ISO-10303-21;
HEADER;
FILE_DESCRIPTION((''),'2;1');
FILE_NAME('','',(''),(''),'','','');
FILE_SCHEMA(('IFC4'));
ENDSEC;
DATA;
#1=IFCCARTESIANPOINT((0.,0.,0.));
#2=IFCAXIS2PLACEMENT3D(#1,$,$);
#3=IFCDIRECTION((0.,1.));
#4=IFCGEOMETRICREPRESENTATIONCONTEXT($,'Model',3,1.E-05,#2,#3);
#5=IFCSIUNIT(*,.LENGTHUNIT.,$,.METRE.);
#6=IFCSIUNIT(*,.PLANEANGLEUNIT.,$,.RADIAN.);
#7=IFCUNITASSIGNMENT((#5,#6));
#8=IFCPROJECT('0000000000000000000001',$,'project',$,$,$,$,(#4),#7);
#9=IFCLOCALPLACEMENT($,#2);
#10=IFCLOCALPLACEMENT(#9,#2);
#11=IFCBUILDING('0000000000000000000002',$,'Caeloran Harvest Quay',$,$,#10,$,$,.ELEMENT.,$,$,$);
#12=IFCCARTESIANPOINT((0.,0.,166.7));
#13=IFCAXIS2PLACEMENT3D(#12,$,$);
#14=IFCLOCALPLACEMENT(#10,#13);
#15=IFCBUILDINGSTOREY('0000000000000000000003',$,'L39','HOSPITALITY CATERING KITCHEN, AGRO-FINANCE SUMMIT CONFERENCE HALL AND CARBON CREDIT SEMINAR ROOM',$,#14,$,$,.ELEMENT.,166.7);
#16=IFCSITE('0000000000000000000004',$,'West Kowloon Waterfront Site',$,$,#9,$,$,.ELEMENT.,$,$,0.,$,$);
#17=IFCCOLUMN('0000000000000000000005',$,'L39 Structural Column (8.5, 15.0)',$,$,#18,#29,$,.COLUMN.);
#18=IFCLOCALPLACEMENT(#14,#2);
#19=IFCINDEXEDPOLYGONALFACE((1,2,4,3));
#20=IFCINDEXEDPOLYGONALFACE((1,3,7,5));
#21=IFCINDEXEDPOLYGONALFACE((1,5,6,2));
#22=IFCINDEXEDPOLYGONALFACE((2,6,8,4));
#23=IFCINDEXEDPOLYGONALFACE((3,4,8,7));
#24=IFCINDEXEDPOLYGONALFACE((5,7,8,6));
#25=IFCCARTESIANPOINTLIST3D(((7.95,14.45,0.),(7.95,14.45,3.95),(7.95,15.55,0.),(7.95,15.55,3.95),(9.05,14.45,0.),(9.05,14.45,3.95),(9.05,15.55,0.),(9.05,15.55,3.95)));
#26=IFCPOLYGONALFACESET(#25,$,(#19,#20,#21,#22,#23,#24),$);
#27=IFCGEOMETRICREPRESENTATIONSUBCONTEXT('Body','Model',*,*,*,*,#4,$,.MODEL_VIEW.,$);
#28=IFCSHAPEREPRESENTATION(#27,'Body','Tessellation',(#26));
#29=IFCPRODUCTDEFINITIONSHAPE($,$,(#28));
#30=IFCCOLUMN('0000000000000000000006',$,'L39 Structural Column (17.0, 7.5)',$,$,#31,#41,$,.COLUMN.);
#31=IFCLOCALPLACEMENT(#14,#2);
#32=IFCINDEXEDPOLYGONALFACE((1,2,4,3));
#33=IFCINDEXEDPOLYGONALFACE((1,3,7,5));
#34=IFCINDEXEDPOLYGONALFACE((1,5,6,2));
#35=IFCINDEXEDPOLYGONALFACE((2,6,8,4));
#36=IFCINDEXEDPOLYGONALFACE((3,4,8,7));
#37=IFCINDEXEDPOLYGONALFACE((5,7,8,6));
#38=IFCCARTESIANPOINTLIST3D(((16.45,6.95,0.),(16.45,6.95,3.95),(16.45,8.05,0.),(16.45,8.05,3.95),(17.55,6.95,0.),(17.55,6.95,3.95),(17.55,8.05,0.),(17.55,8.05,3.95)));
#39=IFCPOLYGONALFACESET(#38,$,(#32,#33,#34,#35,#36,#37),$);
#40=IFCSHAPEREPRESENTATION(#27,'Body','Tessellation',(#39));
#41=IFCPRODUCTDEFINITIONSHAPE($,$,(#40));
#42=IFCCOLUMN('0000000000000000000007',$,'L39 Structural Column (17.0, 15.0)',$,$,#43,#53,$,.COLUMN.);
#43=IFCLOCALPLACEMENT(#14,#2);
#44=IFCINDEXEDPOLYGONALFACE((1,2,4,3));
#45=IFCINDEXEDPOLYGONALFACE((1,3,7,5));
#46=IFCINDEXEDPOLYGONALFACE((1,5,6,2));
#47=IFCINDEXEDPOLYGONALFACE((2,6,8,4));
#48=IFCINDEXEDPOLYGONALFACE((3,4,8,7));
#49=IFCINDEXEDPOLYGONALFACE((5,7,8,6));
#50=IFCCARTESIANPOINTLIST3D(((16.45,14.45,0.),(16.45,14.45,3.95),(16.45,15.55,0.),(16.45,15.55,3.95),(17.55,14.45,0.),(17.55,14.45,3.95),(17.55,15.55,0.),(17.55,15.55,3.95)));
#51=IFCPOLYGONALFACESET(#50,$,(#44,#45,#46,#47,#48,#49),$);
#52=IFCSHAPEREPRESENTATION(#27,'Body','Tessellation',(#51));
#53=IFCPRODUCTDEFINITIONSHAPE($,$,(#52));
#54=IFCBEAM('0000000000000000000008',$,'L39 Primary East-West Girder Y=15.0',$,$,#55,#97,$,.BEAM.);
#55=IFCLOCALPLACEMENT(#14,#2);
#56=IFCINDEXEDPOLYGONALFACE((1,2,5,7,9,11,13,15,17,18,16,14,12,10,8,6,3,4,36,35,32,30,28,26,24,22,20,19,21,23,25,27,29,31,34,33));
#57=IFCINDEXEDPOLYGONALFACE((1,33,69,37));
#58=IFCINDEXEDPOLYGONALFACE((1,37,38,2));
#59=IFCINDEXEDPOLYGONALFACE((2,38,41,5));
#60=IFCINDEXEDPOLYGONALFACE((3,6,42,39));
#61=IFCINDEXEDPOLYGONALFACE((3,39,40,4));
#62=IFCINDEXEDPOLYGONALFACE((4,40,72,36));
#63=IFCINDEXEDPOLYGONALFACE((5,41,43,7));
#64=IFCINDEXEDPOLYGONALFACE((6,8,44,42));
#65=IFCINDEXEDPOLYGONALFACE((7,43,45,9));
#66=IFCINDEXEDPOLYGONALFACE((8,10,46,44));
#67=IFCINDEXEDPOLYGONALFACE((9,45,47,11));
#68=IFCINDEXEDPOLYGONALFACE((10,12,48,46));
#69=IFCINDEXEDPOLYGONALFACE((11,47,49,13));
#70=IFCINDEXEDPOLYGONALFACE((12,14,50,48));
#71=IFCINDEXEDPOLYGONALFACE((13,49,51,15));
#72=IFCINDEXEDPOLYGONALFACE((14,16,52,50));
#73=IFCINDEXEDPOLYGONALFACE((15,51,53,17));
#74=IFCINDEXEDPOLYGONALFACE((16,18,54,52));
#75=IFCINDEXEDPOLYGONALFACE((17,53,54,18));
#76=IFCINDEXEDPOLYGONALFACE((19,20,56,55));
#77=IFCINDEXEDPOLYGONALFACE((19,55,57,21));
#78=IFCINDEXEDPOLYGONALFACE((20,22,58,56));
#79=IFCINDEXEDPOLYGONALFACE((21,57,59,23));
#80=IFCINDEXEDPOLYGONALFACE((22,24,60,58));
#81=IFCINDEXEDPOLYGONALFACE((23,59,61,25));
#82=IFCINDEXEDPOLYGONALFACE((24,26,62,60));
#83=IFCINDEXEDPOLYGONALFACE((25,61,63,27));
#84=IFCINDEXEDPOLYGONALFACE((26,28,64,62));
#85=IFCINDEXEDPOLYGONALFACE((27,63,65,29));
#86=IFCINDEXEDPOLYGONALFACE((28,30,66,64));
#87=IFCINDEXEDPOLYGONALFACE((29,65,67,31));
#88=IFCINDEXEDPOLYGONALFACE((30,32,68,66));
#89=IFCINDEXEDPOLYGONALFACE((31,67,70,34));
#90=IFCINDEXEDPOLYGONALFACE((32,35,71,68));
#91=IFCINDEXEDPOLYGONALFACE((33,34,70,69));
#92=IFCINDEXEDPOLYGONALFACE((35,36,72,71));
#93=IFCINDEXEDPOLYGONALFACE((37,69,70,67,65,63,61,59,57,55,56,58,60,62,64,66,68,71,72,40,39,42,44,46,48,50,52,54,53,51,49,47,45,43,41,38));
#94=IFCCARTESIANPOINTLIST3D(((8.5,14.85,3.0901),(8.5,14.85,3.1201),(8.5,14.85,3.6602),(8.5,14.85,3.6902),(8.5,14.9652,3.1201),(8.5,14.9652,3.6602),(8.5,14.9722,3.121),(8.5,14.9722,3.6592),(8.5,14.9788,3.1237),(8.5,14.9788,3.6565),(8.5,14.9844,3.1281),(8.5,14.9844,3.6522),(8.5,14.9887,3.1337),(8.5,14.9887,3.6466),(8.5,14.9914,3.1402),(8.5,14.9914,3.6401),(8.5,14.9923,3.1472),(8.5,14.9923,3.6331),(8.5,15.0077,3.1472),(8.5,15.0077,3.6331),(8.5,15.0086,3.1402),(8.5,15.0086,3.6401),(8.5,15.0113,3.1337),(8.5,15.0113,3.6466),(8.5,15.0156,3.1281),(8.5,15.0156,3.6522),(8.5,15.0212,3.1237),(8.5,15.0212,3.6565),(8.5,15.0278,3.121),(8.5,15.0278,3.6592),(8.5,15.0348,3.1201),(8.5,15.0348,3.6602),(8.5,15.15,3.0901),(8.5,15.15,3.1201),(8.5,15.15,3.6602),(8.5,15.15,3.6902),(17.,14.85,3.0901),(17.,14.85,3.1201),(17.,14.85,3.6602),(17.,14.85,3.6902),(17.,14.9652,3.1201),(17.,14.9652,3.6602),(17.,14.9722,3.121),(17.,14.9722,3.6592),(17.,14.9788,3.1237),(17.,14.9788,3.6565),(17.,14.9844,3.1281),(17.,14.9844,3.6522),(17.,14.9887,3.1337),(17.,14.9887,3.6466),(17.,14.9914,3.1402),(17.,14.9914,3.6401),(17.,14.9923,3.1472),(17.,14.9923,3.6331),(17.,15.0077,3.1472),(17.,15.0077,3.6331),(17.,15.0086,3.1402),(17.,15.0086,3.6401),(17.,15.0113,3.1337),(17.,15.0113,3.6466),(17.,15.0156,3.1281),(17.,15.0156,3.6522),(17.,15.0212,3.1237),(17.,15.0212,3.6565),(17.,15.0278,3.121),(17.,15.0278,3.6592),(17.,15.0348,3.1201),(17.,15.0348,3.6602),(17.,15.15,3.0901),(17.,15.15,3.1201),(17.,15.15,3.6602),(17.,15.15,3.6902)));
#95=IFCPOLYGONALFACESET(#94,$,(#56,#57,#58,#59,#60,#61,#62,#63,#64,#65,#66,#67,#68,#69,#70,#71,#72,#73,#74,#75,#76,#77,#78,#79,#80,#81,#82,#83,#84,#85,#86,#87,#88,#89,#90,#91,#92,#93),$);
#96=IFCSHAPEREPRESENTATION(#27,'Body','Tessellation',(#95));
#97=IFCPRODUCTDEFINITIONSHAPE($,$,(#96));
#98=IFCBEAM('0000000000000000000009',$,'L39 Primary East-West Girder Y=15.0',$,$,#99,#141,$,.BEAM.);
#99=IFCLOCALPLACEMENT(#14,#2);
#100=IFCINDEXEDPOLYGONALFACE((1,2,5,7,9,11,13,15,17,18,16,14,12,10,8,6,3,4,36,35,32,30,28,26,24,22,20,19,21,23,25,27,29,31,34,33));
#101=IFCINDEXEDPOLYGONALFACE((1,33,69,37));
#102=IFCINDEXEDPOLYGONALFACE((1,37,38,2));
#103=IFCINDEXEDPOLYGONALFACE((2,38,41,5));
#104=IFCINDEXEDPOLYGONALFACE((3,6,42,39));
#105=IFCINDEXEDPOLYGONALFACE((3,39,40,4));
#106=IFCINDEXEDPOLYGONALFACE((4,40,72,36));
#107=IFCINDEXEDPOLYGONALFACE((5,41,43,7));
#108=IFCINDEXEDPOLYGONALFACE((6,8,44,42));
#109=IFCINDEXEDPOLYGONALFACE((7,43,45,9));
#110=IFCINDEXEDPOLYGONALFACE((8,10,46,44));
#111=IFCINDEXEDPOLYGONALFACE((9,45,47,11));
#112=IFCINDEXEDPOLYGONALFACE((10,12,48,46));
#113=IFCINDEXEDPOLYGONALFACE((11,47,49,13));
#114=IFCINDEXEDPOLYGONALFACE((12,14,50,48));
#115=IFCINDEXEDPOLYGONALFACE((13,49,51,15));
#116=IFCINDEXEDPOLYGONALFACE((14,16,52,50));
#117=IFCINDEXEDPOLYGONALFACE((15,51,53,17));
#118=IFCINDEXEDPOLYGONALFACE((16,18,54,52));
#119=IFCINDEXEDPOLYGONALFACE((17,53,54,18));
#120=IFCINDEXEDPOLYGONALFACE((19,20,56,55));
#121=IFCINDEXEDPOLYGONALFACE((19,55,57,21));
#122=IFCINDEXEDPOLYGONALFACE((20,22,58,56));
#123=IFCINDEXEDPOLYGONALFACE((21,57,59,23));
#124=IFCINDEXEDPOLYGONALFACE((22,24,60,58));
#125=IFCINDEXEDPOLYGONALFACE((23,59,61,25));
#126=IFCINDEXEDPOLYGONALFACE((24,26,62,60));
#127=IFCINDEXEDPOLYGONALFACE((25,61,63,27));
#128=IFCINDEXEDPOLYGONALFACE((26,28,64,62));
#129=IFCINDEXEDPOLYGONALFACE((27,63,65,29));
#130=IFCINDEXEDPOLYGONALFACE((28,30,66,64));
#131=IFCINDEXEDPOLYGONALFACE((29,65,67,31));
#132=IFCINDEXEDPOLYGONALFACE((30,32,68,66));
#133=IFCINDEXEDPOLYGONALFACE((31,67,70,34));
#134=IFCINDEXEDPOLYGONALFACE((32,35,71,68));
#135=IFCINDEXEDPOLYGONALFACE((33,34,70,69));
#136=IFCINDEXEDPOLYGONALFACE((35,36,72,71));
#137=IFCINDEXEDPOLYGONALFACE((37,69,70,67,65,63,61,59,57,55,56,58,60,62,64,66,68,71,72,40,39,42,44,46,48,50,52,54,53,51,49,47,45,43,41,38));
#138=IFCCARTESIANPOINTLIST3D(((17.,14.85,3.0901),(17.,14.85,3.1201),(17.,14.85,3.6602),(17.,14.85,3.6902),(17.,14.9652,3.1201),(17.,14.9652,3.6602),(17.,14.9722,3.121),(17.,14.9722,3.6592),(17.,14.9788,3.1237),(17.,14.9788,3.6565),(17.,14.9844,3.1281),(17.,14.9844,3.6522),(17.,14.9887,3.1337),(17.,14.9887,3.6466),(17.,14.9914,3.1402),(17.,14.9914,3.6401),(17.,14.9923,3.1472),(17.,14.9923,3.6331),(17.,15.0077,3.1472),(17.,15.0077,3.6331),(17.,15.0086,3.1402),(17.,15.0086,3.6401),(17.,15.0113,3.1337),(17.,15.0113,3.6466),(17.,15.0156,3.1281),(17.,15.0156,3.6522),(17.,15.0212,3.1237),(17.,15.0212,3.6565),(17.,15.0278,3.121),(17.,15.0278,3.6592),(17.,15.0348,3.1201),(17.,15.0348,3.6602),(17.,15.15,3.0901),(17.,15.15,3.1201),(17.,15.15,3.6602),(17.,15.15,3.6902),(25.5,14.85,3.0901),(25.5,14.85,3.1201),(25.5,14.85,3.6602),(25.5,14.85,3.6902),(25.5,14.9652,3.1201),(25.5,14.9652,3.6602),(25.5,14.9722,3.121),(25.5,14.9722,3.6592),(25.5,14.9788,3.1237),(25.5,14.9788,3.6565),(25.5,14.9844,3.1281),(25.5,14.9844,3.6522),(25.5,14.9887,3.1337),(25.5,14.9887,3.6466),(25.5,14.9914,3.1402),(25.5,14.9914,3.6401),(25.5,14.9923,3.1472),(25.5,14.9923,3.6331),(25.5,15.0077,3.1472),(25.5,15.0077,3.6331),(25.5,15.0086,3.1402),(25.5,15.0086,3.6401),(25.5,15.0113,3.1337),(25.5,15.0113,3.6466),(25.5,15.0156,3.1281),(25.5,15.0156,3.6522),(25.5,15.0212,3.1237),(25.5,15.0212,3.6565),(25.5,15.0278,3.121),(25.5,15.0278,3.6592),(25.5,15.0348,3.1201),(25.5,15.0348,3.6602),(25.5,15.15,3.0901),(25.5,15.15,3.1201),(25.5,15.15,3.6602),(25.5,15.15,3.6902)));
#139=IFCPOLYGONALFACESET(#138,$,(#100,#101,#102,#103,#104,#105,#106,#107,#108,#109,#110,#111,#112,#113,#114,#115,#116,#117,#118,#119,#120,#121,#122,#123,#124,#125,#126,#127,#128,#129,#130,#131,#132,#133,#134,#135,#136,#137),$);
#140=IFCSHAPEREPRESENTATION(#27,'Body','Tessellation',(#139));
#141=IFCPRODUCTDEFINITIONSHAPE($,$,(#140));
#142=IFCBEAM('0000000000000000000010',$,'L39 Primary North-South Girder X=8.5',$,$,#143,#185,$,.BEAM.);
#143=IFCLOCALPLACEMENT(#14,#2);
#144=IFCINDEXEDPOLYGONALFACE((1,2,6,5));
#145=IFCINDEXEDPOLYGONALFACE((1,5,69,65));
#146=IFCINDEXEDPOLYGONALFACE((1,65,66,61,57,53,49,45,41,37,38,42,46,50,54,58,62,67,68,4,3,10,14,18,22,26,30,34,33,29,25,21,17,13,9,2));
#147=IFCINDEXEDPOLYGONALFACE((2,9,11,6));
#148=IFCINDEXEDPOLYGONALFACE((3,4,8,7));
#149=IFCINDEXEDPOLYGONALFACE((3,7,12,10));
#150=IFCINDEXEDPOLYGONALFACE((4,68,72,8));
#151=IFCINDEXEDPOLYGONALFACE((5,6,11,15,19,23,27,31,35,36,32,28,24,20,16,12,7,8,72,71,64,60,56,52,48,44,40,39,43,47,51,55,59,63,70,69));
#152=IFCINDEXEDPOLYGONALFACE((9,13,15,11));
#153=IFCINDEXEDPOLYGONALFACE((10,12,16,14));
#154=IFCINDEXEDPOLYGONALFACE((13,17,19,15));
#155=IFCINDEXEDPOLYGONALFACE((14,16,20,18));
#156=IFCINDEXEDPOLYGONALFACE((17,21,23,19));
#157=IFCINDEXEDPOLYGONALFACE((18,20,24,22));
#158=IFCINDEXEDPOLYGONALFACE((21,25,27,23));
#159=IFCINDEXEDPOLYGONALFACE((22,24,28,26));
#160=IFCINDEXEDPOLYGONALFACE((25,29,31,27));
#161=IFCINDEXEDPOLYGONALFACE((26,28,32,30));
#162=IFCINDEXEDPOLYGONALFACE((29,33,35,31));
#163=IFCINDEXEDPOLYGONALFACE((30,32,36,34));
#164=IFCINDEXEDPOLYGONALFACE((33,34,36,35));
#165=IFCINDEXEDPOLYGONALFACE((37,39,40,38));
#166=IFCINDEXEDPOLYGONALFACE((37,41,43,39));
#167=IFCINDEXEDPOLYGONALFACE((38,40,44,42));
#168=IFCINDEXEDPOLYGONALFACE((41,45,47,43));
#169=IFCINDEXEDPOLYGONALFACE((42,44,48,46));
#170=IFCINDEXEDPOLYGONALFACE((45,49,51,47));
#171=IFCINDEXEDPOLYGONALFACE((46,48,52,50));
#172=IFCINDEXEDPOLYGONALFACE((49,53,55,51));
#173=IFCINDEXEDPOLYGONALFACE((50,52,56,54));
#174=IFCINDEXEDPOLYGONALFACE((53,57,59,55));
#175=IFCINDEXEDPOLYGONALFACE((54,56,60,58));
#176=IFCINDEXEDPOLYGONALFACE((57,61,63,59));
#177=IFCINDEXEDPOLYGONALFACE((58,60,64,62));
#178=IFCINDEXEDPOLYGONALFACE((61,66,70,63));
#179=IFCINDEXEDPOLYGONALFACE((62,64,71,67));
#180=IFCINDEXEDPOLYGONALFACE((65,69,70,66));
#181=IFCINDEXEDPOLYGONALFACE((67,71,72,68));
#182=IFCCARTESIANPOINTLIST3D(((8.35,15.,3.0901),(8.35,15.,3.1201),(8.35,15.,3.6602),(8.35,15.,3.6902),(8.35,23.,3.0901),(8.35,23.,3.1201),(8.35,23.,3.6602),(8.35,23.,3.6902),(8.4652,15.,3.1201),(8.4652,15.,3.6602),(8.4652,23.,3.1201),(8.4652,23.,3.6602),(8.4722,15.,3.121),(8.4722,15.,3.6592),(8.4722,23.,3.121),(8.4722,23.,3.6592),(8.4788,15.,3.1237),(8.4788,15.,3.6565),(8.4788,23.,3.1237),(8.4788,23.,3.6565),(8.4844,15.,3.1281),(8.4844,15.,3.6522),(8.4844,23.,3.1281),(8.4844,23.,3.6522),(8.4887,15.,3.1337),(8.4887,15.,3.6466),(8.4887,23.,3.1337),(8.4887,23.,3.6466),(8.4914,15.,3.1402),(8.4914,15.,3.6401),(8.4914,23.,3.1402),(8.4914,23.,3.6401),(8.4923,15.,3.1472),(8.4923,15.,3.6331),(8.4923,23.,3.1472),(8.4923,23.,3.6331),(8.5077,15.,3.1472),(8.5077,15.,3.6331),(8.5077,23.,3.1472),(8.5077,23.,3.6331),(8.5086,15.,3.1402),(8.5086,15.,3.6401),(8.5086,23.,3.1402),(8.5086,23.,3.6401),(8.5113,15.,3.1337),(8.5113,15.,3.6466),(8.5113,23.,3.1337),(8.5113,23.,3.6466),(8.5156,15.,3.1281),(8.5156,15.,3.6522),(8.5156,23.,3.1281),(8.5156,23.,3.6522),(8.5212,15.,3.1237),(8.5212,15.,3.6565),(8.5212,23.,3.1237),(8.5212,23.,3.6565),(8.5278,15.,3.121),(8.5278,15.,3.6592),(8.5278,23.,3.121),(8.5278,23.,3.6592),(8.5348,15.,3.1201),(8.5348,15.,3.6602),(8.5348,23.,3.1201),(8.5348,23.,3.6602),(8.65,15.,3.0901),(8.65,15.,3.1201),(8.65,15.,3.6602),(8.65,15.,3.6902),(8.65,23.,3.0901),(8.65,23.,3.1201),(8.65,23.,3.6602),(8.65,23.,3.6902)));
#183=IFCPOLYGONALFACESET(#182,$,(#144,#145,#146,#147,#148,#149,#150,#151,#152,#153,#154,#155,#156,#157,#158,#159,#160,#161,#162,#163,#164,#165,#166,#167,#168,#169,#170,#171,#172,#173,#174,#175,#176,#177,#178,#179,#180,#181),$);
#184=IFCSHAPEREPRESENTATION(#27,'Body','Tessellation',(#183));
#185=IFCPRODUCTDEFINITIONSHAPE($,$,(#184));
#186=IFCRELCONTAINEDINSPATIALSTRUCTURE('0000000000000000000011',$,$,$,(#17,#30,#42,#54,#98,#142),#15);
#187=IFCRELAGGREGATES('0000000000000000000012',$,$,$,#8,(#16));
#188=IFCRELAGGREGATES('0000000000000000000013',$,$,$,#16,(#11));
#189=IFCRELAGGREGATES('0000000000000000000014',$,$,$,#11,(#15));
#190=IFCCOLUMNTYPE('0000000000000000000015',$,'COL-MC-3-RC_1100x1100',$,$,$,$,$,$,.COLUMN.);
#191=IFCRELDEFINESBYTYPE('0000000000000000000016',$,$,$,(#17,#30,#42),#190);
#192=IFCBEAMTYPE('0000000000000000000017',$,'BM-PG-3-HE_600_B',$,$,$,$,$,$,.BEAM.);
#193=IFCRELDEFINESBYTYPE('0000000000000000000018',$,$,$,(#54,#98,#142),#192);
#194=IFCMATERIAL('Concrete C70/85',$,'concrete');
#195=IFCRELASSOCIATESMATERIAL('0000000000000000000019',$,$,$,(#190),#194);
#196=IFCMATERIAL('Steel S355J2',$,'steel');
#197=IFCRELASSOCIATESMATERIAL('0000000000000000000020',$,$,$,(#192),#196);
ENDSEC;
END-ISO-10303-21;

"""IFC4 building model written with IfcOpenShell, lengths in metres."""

from ifc_helpers import new_model, si_unit, direction, frame, origin, origin_2d, place, context, subcontext, project, spatial, rectangle, i_section, extrude, material, material_profile, profile_set, type_object, element, save


model = new_model("IFC4")

# Units and contexts
model_context = context("Model", 3, precision=1e-05, world=origin(), true_north=direction((0.0, 1.0)))
body_context = subcontext(model_context, "Body", "Model", "MODEL_VIEW")
ifc_project = project(units=[si_unit("LENGTHUNIT", "METRE"), si_unit("PLANEANGLEUNIT", "RADIAN")], contexts=[model_context])

# Site, building, storey
site_placement = place(None, origin())
site = spatial("IfcSite", under=ifc_project, at=site_placement, Name="West Kowloon Waterfront Site", CompositionType="ELEMENT", RefElevation=0.0)
building_placement = place(site_placement, origin())
building = spatial("IfcBuilding", under=site, at=building_placement, Name="Caeloran Harvest Quay", CompositionType="ELEMENT")
storey_placement = place(building_placement, frame((0.0, 0.0, 166.7)))
storey = spatial("IfcBuildingStorey", under=building, at=storey_placement, Name="L39", Description="HOSPITALITY CATERING KITCHEN, AGRO-FINANCE SUMMIT CONFERENCE HALL AND CARBON CREDIT SEMINAR ROOM", CompositionType="ELEMENT", Elevation=166.7)

# Columns
ifc_material_1 = material(Name="Concrete C70/85", Category="concrete")
ifc_material_profile_1 = material_profile(ifc_material_1, rectangle(XDim=1.1001, YDim=1.1001, at=origin_2d()), Name="RC 1100x1100")
ifc_profile_set_1 = profile_set([ifc_material_profile_1], Name="Concrete C70/85")
column_type = type_object("IfcColumnType", Name="COL-MC-3-RC_1100x1100", PredefinedType="COLUMN", material=ifc_profile_set_1)
for number, where, z_axis, x_axis, name in (
    (1, (8.5, 15.0, 0.0), (0.0, 0.0, 1.0), (1.0, 0.0, 0.0), "L39 Structural Column (8.5, 15.0)"),
    (2, (17.0, 7.5, 0.0), (0.0, 0.0, 1.0), (1.0, 0.0, 0.0), "L39 Structural Column (17.0, 7.5)"),
    (3, (17.0, 15.0, 0.0), (0.0, 0.0, 1.0), (1.0, 0.0, 0.0), "L39 Structural Column (17.0, 15.0)"),
):
    element("IfcColumn", number, at=place(storey_placement, frame(where, z_axis=z_axis, x_axis=x_axis)), inside=storey, type_object=column_type, Name=name, PredefinedType="COLUMN", context=body_context, shape_type="SweptSolid", body=[
        extrude(rectangle(XDim=1.1001, YDim=1.1001, at=origin_2d()), origin(), (0.0, 0.0, 1.0), 3.95),
    ])

# Beams
ifc_material_2 = material(Name="Steel S355J2", Category="steel")
ifc_material_profile_2 = material_profile(ifc_material_2, i_section(OverallWidth=0.3, OverallDepth=0.6001, WebThickness=0.0154, FlangeThickness=0.03, FilletRadius=0.0271, at=origin_2d()), Name="HE 600 B")
ifc_profile_set_2 = profile_set([ifc_material_profile_2], Name="Steel S355J2")
beam_type_1 = type_object("IfcBeamType", Name="BM-PG-3-HE_600_B", PredefinedType="BEAM", material=ifc_profile_set_2)
for number, where, z_axis, x_axis, name in (
    (4, (8.5, 15.0, 3.3901), (1.0, 0.0, 0.0), (0.0, 1.0, 0.0), "L39 Primary East-West Girder Y=15.0"),
    (5, (17.0, 15.0, 3.3901), (1.0, 0.0, 0.0), (0.0, 1.0, 0.0), "L39 Primary East-West Girder Y=15.0"),
):
    element("IfcBeam", number, at=place(storey_placement, frame(where, z_axis=z_axis, x_axis=x_axis)), inside=storey, type_object=beam_type_1, Name=name, PredefinedType="BEAM", context=body_context, shape_type="SweptSolid", body=[
        extrude(i_section(OverallWidth=0.3, OverallDepth=0.6001, WebThickness=0.0154, FlangeThickness=0.03, FilletRadius=0.0271, at=origin_2d()), origin(), (0.0, 0.0, 1.0), 8.5),
    ])
beam_1_placement = place(storey_placement, frame((8.5, 15.0, 3.3901), z_axis=(0.0, 1.0, 0.0), x_axis=(-1.0, 0.0, 0.0)))
element("IfcBeam", 6, at=beam_1_placement, inside=storey, type_object=beam_type_1, Name="L39 Primary North-South Girder X=8.5", PredefinedType="BEAM", context=body_context, shape_type="SweptSolid", body=[
    extrude(i_section(OverallWidth=0.3, OverallDepth=0.6001, WebThickness=0.0154, FlangeThickness=0.03, FilletRadius=0.0271, at=origin_2d()), origin(), (0.0, 0.0, 1.0), 8.0),
])

save(model, "model.ifc")
